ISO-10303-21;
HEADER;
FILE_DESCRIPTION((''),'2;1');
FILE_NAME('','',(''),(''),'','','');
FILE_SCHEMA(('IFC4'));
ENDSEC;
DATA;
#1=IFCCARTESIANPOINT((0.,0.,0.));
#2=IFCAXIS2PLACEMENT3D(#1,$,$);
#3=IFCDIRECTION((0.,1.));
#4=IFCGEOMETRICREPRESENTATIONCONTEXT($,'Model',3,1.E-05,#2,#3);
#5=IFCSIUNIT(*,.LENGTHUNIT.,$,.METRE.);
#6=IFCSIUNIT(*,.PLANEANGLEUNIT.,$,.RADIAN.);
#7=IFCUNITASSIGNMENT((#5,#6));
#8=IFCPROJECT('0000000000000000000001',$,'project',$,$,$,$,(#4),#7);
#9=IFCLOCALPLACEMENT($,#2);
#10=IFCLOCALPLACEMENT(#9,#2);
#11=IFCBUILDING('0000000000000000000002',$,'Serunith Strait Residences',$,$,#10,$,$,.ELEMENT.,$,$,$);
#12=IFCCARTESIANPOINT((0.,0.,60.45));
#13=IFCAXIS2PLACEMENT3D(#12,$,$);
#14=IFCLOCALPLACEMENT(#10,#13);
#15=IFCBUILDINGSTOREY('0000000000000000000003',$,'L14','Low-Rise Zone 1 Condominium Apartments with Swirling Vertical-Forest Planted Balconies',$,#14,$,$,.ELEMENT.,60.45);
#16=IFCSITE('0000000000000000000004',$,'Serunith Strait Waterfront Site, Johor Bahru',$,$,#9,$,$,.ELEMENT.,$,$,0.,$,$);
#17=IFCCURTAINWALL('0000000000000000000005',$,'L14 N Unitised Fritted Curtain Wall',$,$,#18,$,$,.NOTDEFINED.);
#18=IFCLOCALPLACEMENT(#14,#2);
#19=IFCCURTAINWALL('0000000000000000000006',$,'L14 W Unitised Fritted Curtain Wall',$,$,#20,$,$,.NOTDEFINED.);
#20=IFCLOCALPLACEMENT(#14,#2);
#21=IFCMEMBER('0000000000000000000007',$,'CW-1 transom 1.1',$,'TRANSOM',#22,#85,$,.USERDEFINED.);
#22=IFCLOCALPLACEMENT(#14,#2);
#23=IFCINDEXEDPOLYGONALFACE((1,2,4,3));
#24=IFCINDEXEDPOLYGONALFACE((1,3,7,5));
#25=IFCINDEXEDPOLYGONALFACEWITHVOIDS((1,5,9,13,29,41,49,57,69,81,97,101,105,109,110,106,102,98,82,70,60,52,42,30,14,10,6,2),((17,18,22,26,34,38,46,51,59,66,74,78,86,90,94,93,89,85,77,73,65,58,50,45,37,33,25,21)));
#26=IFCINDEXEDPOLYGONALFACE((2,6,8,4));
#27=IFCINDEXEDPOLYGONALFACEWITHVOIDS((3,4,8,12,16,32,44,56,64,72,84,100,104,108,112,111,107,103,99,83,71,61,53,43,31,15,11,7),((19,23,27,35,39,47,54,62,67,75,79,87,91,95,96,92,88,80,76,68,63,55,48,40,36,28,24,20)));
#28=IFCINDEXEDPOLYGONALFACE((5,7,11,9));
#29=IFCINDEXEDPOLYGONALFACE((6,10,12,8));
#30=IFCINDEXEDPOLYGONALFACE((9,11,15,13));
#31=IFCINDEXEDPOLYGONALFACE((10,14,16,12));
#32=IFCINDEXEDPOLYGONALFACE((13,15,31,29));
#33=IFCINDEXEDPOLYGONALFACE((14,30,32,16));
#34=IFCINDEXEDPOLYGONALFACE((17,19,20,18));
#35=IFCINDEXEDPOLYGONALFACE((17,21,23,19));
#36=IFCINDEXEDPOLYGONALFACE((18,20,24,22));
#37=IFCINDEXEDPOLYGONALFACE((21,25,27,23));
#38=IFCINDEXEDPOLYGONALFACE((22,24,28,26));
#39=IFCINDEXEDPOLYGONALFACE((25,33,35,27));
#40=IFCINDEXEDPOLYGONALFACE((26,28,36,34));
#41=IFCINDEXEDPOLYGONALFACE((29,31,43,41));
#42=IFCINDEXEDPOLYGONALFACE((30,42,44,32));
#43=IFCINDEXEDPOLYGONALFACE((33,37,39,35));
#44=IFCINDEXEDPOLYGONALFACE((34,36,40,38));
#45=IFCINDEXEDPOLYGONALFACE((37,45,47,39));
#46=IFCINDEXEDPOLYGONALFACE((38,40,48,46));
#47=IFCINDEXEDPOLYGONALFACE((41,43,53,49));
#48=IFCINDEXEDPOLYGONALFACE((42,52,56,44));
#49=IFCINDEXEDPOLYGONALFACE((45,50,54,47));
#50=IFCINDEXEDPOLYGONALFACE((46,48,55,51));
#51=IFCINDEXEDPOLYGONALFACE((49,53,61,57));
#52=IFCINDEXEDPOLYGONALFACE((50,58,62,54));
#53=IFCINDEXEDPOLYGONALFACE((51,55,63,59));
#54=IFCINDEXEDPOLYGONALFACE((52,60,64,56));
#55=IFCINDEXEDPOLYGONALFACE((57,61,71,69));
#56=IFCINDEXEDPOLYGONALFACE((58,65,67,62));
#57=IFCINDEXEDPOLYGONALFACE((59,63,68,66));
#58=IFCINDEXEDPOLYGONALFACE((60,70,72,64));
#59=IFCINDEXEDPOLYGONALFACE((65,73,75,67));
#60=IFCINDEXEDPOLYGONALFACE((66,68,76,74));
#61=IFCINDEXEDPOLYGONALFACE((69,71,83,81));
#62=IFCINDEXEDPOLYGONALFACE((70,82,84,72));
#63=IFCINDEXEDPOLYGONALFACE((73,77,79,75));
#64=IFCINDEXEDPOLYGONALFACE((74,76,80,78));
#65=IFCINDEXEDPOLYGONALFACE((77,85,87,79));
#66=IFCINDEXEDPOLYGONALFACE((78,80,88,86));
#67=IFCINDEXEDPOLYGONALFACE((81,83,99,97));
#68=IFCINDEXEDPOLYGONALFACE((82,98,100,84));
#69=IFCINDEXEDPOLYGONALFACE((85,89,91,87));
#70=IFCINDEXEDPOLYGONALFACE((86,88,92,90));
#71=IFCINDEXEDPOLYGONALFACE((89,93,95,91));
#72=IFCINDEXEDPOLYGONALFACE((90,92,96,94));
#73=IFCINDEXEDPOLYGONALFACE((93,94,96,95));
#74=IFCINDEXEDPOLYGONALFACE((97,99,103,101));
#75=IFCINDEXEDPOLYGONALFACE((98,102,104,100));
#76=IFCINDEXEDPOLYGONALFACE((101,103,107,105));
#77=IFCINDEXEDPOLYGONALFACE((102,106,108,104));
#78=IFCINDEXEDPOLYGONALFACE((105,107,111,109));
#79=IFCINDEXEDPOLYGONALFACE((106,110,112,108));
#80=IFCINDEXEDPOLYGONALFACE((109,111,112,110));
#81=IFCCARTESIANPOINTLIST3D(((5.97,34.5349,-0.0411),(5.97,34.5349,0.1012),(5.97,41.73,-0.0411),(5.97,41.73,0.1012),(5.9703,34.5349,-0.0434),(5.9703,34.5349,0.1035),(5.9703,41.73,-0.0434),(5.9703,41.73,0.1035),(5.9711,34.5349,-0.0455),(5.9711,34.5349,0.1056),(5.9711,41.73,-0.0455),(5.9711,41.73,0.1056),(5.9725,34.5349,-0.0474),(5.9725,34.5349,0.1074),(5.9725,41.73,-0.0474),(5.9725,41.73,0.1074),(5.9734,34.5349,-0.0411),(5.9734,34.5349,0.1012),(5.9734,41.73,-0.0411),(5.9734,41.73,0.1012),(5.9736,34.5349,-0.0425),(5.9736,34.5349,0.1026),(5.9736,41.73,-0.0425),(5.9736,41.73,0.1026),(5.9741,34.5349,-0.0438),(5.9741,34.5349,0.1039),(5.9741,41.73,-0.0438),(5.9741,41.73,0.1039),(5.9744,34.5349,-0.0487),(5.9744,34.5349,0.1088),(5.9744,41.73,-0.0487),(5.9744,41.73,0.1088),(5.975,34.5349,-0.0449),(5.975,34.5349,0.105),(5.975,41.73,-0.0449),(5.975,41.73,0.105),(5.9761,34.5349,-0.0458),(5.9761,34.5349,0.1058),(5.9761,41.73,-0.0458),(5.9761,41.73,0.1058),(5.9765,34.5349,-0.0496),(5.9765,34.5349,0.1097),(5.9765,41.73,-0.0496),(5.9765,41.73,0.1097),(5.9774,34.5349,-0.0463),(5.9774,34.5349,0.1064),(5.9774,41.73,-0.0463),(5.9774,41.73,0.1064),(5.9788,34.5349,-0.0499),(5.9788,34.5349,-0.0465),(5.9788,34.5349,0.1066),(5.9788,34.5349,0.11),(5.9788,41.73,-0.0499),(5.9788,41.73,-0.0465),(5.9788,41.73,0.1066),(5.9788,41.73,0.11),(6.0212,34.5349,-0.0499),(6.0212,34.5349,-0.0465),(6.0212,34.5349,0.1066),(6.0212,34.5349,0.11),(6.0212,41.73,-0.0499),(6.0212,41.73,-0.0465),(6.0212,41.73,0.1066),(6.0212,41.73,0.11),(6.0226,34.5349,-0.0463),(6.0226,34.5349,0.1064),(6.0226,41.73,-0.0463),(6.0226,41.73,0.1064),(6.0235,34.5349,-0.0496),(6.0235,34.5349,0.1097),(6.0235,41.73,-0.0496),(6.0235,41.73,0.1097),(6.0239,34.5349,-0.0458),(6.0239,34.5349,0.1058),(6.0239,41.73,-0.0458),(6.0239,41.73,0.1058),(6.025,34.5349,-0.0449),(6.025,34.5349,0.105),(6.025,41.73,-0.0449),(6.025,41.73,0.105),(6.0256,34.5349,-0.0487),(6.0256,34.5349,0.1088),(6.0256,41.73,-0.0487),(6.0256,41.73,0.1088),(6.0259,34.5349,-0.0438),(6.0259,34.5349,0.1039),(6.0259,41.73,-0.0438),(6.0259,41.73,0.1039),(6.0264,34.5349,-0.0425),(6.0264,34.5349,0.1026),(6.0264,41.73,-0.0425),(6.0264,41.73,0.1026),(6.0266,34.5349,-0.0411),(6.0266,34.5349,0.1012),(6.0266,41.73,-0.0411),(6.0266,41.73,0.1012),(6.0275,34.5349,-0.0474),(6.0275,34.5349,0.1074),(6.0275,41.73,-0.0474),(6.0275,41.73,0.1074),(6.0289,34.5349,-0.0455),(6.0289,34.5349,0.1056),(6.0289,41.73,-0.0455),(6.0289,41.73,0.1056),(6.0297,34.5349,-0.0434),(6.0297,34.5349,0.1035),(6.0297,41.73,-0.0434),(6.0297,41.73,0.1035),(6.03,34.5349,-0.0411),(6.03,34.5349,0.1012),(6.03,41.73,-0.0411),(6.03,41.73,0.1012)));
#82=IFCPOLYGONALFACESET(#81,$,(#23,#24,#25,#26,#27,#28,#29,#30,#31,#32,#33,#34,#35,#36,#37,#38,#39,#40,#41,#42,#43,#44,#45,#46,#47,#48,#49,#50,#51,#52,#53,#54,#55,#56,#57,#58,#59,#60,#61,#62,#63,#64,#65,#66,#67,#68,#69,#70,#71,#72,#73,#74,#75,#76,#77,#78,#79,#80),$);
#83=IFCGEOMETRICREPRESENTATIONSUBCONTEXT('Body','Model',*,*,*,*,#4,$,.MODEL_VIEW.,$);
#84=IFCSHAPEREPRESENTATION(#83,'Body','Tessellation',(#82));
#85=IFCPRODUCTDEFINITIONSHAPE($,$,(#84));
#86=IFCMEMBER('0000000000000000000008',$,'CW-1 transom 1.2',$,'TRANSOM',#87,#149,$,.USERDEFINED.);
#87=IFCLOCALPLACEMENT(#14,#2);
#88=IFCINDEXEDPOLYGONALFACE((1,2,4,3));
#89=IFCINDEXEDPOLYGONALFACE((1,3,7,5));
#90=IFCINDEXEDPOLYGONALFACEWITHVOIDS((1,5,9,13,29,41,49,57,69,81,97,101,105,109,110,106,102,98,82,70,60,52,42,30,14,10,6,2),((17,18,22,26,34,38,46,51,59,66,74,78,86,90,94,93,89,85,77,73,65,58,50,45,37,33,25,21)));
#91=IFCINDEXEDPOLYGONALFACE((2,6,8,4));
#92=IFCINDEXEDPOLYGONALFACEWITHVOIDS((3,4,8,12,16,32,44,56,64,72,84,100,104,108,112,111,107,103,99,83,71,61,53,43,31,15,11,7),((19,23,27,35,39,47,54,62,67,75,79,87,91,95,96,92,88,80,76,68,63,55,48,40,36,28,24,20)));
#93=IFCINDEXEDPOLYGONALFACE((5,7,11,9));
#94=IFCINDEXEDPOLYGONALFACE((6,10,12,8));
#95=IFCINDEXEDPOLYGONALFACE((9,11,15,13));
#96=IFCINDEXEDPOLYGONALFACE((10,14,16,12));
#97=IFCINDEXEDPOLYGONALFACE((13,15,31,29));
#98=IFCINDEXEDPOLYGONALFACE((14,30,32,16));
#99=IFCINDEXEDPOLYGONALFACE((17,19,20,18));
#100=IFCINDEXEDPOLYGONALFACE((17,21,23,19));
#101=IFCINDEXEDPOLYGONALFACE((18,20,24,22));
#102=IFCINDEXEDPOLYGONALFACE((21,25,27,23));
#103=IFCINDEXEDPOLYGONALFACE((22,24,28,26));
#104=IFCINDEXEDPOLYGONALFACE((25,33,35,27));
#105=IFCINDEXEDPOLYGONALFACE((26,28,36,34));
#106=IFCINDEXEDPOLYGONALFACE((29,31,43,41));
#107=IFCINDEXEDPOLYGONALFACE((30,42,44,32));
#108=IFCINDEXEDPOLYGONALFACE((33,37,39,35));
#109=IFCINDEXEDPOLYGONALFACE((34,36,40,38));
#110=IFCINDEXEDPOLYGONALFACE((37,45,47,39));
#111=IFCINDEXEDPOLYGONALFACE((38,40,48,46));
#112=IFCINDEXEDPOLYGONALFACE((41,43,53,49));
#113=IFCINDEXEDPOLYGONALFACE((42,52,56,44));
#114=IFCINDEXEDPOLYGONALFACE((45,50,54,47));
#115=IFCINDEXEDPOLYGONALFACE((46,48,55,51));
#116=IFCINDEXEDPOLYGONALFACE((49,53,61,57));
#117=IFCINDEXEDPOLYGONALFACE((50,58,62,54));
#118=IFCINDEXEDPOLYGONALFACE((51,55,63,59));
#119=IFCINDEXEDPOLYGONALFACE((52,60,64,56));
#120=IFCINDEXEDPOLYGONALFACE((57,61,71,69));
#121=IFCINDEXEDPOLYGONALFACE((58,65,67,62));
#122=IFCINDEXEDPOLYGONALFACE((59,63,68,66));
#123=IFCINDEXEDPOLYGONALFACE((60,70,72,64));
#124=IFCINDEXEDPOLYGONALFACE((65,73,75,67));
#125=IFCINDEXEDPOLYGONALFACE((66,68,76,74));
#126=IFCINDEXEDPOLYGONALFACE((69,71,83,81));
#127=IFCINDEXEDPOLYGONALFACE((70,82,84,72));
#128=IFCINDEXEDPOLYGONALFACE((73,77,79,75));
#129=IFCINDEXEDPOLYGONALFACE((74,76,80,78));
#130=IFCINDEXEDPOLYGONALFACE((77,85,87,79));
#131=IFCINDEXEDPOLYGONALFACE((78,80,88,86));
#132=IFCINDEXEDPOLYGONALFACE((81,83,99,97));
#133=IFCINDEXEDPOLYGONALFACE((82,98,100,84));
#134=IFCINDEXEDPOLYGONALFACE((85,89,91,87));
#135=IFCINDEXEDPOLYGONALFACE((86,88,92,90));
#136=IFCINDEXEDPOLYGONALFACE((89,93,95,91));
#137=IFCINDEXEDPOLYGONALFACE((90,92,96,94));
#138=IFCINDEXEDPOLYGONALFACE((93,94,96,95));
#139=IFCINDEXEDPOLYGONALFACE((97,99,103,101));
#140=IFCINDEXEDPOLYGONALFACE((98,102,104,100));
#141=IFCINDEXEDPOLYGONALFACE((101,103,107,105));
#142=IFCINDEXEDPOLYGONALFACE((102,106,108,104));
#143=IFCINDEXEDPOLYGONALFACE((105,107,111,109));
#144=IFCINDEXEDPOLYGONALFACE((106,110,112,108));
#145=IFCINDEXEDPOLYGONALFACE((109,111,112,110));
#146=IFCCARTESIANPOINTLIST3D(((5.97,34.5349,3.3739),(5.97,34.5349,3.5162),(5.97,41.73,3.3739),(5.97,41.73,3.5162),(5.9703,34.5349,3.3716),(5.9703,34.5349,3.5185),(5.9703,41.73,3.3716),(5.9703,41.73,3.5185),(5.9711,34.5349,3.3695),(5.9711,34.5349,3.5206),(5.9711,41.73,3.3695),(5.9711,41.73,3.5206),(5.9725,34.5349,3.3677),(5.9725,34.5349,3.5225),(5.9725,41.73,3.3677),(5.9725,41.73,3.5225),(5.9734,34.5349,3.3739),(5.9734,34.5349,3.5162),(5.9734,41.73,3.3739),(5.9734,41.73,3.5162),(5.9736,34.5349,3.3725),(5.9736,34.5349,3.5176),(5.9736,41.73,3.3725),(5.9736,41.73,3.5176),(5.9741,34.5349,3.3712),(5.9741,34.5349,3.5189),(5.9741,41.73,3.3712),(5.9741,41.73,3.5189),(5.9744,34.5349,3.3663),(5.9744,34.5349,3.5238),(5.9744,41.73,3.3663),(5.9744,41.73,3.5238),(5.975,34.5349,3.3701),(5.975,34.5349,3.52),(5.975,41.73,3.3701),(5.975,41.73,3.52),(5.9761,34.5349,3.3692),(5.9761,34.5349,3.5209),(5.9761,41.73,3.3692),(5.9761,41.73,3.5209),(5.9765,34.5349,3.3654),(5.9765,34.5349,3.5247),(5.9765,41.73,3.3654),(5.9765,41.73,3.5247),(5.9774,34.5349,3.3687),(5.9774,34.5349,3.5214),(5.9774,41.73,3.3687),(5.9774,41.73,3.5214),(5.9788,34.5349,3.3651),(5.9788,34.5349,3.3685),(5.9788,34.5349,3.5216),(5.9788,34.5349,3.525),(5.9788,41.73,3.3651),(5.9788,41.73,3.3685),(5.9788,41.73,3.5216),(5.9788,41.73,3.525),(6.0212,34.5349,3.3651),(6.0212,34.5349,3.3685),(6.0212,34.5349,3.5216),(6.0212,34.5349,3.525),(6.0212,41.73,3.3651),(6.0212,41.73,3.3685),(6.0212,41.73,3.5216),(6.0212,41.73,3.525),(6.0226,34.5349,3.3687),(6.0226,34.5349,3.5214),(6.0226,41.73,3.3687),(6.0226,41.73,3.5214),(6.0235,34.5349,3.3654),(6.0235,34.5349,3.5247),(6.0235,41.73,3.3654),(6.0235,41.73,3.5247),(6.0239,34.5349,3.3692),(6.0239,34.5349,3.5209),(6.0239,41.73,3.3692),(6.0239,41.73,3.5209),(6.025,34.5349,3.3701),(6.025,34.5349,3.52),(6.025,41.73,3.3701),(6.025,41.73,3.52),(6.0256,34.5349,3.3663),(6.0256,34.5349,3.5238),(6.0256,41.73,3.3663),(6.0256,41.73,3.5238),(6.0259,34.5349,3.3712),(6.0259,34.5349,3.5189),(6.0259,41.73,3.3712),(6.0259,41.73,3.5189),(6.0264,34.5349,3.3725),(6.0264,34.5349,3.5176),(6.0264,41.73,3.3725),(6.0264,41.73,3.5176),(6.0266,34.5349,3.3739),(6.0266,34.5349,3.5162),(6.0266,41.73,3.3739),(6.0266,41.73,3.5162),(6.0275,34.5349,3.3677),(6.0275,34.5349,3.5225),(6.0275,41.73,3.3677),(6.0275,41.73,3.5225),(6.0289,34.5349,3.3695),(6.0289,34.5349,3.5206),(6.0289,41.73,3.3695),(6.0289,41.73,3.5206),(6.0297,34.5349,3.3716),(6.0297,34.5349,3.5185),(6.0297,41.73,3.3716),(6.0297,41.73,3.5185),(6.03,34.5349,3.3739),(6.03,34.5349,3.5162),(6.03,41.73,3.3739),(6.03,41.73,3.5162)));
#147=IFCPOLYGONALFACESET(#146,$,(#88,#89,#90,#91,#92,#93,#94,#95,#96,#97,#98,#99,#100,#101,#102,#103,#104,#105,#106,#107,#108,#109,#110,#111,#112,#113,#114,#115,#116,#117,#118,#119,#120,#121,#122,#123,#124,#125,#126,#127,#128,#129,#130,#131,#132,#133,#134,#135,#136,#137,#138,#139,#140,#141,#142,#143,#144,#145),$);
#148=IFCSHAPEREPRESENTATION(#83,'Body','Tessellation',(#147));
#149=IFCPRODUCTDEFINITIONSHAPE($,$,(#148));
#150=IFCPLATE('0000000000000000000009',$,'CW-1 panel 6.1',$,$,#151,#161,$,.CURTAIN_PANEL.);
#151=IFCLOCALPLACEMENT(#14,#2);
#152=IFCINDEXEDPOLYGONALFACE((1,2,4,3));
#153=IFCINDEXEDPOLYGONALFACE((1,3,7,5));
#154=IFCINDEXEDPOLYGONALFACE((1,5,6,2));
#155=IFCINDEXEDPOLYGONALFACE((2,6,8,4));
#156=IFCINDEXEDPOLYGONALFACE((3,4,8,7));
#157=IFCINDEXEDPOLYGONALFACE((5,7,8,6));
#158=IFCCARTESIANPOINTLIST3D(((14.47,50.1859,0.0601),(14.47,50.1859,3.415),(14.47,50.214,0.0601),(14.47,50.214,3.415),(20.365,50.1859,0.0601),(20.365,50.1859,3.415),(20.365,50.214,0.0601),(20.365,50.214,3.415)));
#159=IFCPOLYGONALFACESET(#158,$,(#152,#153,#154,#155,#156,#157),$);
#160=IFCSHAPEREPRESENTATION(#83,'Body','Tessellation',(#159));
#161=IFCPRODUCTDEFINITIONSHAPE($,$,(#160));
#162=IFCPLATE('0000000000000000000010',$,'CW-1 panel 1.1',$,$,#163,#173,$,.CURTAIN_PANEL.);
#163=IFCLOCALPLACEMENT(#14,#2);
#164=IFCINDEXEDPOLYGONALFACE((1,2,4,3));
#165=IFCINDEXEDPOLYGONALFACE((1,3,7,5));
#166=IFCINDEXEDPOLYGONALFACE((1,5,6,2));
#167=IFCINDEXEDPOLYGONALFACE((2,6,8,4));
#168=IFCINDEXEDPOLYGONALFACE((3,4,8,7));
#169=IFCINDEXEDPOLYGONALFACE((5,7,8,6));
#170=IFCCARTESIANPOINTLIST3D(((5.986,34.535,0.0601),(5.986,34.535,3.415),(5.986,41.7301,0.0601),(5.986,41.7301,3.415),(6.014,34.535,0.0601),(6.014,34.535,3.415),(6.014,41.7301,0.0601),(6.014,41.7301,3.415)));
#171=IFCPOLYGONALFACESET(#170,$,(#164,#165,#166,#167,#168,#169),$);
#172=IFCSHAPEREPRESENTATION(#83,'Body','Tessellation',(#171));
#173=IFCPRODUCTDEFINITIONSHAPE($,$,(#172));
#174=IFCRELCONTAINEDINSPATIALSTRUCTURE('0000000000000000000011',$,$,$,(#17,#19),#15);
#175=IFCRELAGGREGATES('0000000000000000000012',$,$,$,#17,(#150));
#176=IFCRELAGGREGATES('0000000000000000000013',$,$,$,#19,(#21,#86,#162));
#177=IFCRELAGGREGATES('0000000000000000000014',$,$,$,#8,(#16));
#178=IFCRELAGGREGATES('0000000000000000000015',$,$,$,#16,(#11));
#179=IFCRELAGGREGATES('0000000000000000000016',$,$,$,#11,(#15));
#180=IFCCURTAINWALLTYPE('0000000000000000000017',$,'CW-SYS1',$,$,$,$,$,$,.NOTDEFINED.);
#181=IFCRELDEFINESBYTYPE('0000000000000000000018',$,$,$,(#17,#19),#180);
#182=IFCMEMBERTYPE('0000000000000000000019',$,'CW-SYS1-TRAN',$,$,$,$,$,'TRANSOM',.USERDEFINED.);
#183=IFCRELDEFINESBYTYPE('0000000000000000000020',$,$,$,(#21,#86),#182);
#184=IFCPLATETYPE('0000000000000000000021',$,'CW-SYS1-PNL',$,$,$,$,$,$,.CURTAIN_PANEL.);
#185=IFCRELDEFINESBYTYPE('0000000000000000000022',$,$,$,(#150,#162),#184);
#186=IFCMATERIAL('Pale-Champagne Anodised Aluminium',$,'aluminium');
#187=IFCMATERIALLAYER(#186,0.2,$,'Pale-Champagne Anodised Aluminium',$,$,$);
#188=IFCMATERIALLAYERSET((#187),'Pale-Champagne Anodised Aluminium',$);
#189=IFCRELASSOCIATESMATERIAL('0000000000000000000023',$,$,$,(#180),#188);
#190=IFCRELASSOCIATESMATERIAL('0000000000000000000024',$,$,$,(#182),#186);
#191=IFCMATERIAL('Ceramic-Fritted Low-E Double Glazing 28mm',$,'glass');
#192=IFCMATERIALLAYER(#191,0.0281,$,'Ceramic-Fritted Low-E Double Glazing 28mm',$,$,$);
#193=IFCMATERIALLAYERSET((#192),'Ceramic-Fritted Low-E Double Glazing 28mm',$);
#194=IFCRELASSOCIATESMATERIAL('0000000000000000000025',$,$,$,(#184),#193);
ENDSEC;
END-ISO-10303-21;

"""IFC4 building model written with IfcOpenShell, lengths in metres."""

from ifc_helpers import new_model, si_unit, direction, frame, origin, origin_2d, place, context, subcontext, project, spatial, rectangle, hollow_rectangle, extrude, source, transform, mapped, material, layer, layer_set, material_profile, profile_set, type_object, element, aggregate, save


model = new_model("IFC4")

# Units and contexts
model_context = context("Model", 3, precision=1e-05, world=origin(), true_north=direction((0.0, 1.0)))
body_context = subcontext(model_context, "Body", "Model", "MODEL_VIEW")
ifc_project = project(units=[si_unit("LENGTHUNIT", "METRE"), si_unit("PLANEANGLEUNIT", "RADIAN")], contexts=[model_context])

# Site, building, storey
site_placement = place(None, origin())
site = spatial("IfcSite", under=ifc_project, at=site_placement, Name="Serunith Strait Waterfront Site, Johor Bahru", CompositionType="ELEMENT", RefElevation=0.0)
building_placement = place(site_placement, origin())
building = spatial("IfcBuilding", under=site, at=building_placement, Name="Serunith Strait Residences", CompositionType="ELEMENT")
storey_placement = place(building_placement, frame((0.0, 0.0, 60.45)))
storey = spatial("IfcBuildingStorey", under=building, at=storey_placement, Name="L14", Description="Low-Rise Zone 1 Condominium Apartments with Swirling Vertical-Forest Planted Balconies", CompositionType="ELEMENT", Elevation=60.45)

# Curtain wall
ifc_material_1 = material(Name="Pale-Champagne Anodised Aluminium", Category="aluminium")
ifc_layer_1 = layer(ifc_material_1, 0.2, Name="Pale-Champagne Anodised Aluminium")
ifc_layer_set_1 = layer_set([ifc_layer_1], Name="Pale-Champagne Anodised Aluminium")
curtain_wall_type = type_object("IfcCurtainWallType", Name="CW-SYS1", PredefinedType="NOTDEFINED", material=ifc_layer_set_1)
curtain_wall_1_placement = place(storey_placement, origin())
curtain_wall_1 = element("IfcCurtainWall", 1, at=curtain_wall_1_placement, inside=storey, type_object=curtain_wall_type, Name="L14 N Unitised Fritted Curtain Wall", PredefinedType="NOTDEFINED")

# Curtain wall, members
curtain_wall_2_placement = place(storey_placement, origin())
curtain_wall_2 = element("IfcCurtainWall", 2, at=curtain_wall_2_placement, inside=storey, type_object=curtain_wall_type, Name="L14 W Unitised Fritted Curtain Wall", PredefinedType="NOTDEFINED")
ifc_material_profile_1 = material_profile(ifc_material_1, hollow_rectangle(XDim=0.0601, YDim=0.1599, WallThickness=0.0034, InnerFilletRadius=0.0054, OuterFilletRadius=0.0088, at=origin_2d()), Name="ALU 160x60x3.5")
ifc_profile_set_1 = profile_set([ifc_material_profile_1], Name="Pale-Champagne Anodised Aluminium")
member_type_1 = type_object("IfcMemberType", Name="CW-SYS1-TRAN", ElementType="TRANSOM", PredefinedType="USERDEFINED", material=ifc_profile_set_1)
shared_shape_1 = source(origin(), body_context, "Body", "SweptSolid", [
    extrude(hollow_rectangle(XDim=0.0601, YDim=0.1599, WallThickness=0.0034, InnerFilletRadius=0.0054, OuterFilletRadius=0.0088, at=origin_2d()), origin(), (0.0, 0.0, 1.0), 7.1951),
])
member_1_placement = place(storey_placement, frame((6.0, 41.73, 0.03), z_axis=(0.0, -1.0, 0.0), x_axis=(1.0, 0.0, 0.0)))
member_1 = element("IfcMember", 3, at=member_1_placement, type_object=member_type_1, Name="CW-1 transom 1.1", ObjectType="TRANSOM", PredefinedType="USERDEFINED", context=body_context, shape_type="MappedRepresentation", body=[
    mapped(shared_shape_1, transform((0.0, 0.0, 0.0), scale=1.0)),
])
member_2_placement = place(storey_placement, frame((6.0, 41.73, 3.4451), z_axis=(0.0, -1.0, 0.0), x_axis=(1.0, 0.0, 0.0)))
member_2 = element("IfcMember", 4, at=member_2_placement, type_object=member_type_1, Name="CW-1 transom 1.2", ObjectType="TRANSOM", PredefinedType="USERDEFINED", context=body_context, shape_type="MappedRepresentation", body=[
    mapped(shared_shape_1, transform((0.0, 0.0, 0.0), scale=1.0)),
])

# Plates
ifc_material_2 = material(Name="Ceramic-Fritted Low-E Double Glazing 28mm", Category="glass")
ifc_layer_2 = layer(ifc_material_2, 0.0281, Name="Ceramic-Fritted Low-E Double Glazing 28mm")
ifc_layer_set_2 = layer_set([ifc_layer_2], Name="Ceramic-Fritted Low-E Double Glazing 28mm")
plate_type = type_object("IfcPlateType", Name="CW-SYS1-PNL", PredefinedType="CURTAIN_PANEL", material=ifc_layer_set_2)
shared_shape_2 = source(origin(), body_context, "Body", "SweptSolid", [
    extrude(rectangle(XDim=5.895, YDim=0.0281, at=origin_2d()), origin(), (0.0, 0.0, 1.0), 3.355),
])
plate_1_placement = place(storey_placement, frame((17.4175, 50.2, 0.0601), z_axis=(0.0, 0.0, 1.0), x_axis=(-1.0, 0.0, 0.0)))
plate_1 = element("IfcPlate", 5, at=plate_1_placement, type_object=plate_type, Name="CW-1 panel 6.1", PredefinedType="CURTAIN_PANEL", context=body_context, shape_type="MappedRepresentation", body=[
    mapped(shared_shape_2, transform((0.0, 0.0, 0.0), scale=1.0)),
])
aggregate(curtain_wall_1, [plate_1])
shared_shape_3 = source(origin(), body_context, "Body", "SweptSolid", [
    extrude(rectangle(XDim=7.1951, YDim=0.0281, at=origin_2d()), origin(), (0.0, 0.0, 1.0), 3.355),
])
plate_2_placement = place(storey_placement, frame((6.0, 38.1326, 0.0601), z_axis=(0.0, 0.0, 1.0), x_axis=(0.0, -1.0, 0.0)))
plate_2 = element("IfcPlate", 6, at=plate_2_placement, type_object=plate_type, Name="CW-1 panel 1.1", PredefinedType="CURTAIN_PANEL", context=body_context, shape_type="MappedRepresentation", body=[
    mapped(shared_shape_3, transform((0.0, 0.0, 0.0), scale=1.0)),
])
aggregate(curtain_wall_2, [member_1, member_2, plate_2])

save(model, "model.ifc")
